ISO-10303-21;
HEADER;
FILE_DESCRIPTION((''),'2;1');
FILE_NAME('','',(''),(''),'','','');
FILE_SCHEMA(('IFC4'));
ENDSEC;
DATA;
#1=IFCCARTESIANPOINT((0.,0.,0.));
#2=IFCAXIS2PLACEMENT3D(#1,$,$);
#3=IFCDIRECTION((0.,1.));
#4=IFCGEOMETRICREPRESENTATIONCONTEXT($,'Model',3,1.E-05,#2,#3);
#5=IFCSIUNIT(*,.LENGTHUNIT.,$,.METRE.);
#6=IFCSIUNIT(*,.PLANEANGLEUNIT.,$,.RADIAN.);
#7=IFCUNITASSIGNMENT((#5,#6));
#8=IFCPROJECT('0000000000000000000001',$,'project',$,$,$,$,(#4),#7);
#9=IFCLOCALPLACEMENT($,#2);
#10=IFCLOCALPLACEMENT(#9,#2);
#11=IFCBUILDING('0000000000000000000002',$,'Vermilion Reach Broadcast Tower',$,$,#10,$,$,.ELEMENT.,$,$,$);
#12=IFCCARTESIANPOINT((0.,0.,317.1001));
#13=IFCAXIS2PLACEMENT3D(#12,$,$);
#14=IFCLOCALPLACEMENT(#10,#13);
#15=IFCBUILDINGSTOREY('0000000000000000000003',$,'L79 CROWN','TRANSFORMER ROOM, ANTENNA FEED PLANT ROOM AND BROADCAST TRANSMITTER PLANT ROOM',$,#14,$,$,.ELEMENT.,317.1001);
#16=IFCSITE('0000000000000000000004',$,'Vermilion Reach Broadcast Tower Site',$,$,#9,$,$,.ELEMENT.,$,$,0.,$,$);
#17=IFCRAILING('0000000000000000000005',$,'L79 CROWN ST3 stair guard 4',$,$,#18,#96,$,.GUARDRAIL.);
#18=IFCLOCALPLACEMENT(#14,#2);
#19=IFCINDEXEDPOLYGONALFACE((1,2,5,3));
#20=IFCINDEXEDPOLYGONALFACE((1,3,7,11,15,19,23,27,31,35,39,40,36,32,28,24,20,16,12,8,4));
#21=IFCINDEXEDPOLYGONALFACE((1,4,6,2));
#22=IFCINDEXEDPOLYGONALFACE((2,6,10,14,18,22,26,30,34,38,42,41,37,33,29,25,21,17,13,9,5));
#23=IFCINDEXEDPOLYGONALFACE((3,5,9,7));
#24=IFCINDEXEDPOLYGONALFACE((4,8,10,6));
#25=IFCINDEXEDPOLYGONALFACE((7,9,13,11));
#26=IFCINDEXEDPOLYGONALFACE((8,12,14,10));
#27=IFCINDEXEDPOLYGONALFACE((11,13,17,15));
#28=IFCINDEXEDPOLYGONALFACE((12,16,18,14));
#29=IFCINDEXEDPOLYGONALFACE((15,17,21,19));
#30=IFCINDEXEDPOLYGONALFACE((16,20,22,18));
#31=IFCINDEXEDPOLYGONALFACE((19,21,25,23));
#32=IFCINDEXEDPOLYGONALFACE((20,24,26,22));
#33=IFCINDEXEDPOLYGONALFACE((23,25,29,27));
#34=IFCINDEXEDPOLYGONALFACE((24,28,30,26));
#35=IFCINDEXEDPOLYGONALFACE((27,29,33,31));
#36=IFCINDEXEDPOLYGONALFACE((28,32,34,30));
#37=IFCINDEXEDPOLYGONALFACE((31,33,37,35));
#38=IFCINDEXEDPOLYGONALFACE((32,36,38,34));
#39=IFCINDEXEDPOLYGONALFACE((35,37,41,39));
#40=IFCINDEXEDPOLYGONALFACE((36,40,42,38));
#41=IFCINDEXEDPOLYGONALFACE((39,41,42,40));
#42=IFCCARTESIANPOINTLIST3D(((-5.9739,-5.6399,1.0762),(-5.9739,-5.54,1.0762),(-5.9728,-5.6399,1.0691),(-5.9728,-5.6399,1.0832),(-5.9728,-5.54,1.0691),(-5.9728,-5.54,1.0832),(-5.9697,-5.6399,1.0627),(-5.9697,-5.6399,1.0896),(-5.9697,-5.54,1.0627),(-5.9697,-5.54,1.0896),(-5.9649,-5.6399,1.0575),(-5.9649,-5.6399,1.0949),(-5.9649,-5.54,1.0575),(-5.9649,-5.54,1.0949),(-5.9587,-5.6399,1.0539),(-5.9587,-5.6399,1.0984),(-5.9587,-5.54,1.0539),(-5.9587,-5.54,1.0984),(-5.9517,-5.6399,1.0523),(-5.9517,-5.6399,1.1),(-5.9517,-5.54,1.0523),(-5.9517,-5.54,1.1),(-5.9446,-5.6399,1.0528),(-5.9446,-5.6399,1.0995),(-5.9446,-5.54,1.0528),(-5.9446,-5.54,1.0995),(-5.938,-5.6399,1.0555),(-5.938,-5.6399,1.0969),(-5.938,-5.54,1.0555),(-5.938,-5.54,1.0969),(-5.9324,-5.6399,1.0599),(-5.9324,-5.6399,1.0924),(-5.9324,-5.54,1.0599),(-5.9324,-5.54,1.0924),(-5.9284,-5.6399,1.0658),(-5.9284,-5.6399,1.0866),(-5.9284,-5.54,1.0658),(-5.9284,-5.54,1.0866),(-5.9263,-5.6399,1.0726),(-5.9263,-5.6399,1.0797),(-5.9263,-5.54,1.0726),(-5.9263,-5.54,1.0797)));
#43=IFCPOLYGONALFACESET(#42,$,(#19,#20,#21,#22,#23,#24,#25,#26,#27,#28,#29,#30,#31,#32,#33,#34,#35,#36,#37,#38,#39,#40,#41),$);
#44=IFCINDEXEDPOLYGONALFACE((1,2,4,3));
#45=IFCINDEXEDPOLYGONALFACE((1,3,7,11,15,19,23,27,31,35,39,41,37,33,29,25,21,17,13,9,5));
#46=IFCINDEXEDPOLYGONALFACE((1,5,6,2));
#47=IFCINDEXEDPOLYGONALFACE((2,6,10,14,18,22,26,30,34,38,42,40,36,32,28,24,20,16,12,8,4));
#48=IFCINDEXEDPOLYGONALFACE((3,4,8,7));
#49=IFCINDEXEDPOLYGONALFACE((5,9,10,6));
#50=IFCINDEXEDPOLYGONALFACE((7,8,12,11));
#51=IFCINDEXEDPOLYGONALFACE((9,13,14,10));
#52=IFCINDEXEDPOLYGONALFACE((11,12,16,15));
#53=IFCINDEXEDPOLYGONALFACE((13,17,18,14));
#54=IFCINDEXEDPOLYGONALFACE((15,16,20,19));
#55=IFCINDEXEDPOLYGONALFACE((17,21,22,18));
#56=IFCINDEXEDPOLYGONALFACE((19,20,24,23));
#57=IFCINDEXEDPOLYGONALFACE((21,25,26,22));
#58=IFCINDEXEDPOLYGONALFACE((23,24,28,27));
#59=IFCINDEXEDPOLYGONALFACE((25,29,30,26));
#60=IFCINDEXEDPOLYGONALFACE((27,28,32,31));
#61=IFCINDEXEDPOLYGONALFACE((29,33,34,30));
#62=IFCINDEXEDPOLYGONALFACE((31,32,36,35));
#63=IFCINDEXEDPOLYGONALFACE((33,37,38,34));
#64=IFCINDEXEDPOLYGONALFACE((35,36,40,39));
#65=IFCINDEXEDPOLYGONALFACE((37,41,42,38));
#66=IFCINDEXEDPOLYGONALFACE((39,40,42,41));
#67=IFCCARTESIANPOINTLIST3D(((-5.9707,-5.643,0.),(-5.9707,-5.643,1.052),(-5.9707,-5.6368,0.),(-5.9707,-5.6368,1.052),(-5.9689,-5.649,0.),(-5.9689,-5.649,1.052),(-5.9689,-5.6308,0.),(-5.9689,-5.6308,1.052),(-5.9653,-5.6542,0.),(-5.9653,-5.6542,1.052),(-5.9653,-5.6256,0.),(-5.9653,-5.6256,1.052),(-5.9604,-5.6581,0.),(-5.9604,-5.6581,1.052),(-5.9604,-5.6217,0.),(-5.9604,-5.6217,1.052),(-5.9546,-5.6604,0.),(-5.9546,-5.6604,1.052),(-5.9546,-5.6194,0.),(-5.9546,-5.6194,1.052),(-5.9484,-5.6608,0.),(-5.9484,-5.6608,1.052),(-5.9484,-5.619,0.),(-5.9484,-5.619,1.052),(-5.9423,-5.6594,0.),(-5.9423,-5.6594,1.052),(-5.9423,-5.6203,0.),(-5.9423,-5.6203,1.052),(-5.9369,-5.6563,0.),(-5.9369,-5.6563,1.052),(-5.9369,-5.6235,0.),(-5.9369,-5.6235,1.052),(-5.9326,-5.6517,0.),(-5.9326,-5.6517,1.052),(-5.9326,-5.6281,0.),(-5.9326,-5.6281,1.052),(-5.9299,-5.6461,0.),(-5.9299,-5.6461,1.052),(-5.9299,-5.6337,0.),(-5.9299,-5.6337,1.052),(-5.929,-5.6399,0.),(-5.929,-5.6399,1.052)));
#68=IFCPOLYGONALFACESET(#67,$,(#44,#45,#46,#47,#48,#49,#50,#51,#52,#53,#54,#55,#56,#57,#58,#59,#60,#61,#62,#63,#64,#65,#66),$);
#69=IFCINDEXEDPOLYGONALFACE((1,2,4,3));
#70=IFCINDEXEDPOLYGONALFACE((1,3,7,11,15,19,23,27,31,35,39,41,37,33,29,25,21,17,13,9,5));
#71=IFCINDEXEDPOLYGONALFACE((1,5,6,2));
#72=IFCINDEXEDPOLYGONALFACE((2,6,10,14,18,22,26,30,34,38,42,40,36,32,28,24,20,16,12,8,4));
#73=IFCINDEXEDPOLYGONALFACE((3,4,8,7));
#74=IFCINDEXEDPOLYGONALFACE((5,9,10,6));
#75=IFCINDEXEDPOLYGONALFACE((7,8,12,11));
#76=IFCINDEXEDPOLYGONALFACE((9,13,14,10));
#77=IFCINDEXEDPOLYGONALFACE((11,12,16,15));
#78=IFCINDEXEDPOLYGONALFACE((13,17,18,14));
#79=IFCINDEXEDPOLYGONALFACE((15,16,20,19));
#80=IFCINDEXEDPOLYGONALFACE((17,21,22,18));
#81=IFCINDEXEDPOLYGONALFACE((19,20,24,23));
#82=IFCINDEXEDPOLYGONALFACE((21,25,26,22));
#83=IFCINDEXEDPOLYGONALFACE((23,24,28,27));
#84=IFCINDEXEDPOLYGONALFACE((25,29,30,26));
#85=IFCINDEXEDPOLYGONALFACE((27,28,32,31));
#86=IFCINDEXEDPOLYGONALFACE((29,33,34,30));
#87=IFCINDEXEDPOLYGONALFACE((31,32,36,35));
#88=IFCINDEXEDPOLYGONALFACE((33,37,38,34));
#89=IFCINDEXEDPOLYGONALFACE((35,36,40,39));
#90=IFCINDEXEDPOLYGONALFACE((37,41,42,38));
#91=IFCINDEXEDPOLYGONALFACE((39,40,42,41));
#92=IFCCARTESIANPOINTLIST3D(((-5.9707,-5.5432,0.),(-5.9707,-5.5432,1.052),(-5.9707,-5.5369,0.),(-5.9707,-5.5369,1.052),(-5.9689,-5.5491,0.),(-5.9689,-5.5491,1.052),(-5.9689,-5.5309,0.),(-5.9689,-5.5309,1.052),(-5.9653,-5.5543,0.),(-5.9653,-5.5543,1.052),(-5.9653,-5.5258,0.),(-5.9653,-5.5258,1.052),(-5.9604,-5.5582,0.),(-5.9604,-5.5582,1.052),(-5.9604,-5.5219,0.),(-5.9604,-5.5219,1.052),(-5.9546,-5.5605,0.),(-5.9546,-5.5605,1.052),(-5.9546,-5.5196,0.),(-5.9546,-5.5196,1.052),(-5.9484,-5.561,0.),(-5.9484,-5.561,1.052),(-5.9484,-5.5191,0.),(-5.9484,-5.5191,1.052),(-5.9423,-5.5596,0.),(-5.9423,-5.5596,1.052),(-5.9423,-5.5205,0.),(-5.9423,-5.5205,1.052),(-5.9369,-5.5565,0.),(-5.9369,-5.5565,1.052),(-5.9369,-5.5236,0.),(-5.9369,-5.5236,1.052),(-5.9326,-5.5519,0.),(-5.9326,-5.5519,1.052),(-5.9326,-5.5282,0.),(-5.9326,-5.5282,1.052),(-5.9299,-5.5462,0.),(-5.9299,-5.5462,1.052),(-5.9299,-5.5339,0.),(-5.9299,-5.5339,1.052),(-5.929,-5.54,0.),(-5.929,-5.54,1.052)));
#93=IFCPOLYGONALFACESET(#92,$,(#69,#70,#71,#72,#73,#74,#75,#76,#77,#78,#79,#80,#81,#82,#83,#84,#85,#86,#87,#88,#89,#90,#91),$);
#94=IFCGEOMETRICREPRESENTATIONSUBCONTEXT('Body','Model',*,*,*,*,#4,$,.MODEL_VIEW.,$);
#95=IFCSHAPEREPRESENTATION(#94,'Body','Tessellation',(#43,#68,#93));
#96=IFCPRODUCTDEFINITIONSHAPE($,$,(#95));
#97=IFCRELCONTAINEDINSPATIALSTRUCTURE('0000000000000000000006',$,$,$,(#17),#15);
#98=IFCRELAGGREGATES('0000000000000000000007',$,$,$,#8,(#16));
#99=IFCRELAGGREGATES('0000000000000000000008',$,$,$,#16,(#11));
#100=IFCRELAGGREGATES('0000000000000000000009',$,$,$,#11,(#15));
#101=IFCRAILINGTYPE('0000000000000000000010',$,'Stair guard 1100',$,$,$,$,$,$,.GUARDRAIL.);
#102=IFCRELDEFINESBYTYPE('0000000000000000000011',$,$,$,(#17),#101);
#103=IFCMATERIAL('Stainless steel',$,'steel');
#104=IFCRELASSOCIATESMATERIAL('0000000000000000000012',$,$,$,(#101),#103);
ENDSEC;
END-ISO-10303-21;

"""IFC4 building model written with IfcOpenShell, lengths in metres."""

from ifc_helpers import new_model, si_unit, direction, frame, origin, origin_2d, place, context, subcontext, project, spatial, circle, extrude, material, type_object, element, save


model = new_model("IFC4")

# Units and contexts
model_context = context("Model", 3, precision=1e-05, world=origin(), true_north=direction((0.0, 1.0)))
body_context = subcontext(model_context, "Body", "Model", "MODEL_VIEW")
ifc_project = project(units=[si_unit("LENGTHUNIT", "METRE"), si_unit("PLANEANGLEUNIT", "RADIAN")], contexts=[model_context])

# Site, building, storey
site_placement = place(None, origin())
site = spatial("IfcSite", under=ifc_project, at=site_placement, Name="Vermilion Reach Broadcast Tower Site", CompositionType="ELEMENT", RefElevation=0.0)
building_placement = place(site_placement, origin())
building = spatial("IfcBuilding", under=site, at=building_placement, Name="Vermilion Reach Broadcast Tower", CompositionType="ELEMENT")
storey_placement = place(building_placement, frame((0.0, 0.0, 317.1001)))
storey = spatial("IfcBuildingStorey", under=building, at=storey_placement, Name="L79 CROWN", Description="TRANSFORMER ROOM, ANTENNA FEED PLANT ROOM AND BROADCAST TRANSMITTER PLANT ROOM", CompositionType="ELEMENT", Elevation=317.1001)

# Railing
ifc_material_1 = material(Name="Stainless steel", Category="steel")
railing_type_1 = type_object("IfcRailingType", Name="Stair guard 1100", PredefinedType="GUARDRAIL", material=ifc_material_1)
railing_1_placement = place(storey_placement, frame((-5.95, -5.6399, 0.0)))
element("IfcRailing", 1, at=railing_1_placement, inside=storey, type_object=railing_type_1, Name="L79 CROWN ST3 stair guard 4", PredefinedType="GUARDRAIL", context=body_context, shape_type="SweptSolid", body=[
    extrude(circle(Radius=0.0239, at=origin_2d()), frame((0.0, 0.0, 1.0762), z_axis=(0.0, 1.0, 0.0), x_axis=(-1.0, 0.0, 0.0)), (0.0, 0.0, 1.0), 0.0999),
    extrude(circle(Radius=0.021, at=origin_2d()), origin(), (0.0, 0.0, 1.0), 1.052),
    extrude(circle(Radius=0.021, at=origin_2d()), frame((0.0, 0.0999, 0.0)), (0.0, 0.0, 1.0), 1.052),
])

save(model, "model.ifc")
